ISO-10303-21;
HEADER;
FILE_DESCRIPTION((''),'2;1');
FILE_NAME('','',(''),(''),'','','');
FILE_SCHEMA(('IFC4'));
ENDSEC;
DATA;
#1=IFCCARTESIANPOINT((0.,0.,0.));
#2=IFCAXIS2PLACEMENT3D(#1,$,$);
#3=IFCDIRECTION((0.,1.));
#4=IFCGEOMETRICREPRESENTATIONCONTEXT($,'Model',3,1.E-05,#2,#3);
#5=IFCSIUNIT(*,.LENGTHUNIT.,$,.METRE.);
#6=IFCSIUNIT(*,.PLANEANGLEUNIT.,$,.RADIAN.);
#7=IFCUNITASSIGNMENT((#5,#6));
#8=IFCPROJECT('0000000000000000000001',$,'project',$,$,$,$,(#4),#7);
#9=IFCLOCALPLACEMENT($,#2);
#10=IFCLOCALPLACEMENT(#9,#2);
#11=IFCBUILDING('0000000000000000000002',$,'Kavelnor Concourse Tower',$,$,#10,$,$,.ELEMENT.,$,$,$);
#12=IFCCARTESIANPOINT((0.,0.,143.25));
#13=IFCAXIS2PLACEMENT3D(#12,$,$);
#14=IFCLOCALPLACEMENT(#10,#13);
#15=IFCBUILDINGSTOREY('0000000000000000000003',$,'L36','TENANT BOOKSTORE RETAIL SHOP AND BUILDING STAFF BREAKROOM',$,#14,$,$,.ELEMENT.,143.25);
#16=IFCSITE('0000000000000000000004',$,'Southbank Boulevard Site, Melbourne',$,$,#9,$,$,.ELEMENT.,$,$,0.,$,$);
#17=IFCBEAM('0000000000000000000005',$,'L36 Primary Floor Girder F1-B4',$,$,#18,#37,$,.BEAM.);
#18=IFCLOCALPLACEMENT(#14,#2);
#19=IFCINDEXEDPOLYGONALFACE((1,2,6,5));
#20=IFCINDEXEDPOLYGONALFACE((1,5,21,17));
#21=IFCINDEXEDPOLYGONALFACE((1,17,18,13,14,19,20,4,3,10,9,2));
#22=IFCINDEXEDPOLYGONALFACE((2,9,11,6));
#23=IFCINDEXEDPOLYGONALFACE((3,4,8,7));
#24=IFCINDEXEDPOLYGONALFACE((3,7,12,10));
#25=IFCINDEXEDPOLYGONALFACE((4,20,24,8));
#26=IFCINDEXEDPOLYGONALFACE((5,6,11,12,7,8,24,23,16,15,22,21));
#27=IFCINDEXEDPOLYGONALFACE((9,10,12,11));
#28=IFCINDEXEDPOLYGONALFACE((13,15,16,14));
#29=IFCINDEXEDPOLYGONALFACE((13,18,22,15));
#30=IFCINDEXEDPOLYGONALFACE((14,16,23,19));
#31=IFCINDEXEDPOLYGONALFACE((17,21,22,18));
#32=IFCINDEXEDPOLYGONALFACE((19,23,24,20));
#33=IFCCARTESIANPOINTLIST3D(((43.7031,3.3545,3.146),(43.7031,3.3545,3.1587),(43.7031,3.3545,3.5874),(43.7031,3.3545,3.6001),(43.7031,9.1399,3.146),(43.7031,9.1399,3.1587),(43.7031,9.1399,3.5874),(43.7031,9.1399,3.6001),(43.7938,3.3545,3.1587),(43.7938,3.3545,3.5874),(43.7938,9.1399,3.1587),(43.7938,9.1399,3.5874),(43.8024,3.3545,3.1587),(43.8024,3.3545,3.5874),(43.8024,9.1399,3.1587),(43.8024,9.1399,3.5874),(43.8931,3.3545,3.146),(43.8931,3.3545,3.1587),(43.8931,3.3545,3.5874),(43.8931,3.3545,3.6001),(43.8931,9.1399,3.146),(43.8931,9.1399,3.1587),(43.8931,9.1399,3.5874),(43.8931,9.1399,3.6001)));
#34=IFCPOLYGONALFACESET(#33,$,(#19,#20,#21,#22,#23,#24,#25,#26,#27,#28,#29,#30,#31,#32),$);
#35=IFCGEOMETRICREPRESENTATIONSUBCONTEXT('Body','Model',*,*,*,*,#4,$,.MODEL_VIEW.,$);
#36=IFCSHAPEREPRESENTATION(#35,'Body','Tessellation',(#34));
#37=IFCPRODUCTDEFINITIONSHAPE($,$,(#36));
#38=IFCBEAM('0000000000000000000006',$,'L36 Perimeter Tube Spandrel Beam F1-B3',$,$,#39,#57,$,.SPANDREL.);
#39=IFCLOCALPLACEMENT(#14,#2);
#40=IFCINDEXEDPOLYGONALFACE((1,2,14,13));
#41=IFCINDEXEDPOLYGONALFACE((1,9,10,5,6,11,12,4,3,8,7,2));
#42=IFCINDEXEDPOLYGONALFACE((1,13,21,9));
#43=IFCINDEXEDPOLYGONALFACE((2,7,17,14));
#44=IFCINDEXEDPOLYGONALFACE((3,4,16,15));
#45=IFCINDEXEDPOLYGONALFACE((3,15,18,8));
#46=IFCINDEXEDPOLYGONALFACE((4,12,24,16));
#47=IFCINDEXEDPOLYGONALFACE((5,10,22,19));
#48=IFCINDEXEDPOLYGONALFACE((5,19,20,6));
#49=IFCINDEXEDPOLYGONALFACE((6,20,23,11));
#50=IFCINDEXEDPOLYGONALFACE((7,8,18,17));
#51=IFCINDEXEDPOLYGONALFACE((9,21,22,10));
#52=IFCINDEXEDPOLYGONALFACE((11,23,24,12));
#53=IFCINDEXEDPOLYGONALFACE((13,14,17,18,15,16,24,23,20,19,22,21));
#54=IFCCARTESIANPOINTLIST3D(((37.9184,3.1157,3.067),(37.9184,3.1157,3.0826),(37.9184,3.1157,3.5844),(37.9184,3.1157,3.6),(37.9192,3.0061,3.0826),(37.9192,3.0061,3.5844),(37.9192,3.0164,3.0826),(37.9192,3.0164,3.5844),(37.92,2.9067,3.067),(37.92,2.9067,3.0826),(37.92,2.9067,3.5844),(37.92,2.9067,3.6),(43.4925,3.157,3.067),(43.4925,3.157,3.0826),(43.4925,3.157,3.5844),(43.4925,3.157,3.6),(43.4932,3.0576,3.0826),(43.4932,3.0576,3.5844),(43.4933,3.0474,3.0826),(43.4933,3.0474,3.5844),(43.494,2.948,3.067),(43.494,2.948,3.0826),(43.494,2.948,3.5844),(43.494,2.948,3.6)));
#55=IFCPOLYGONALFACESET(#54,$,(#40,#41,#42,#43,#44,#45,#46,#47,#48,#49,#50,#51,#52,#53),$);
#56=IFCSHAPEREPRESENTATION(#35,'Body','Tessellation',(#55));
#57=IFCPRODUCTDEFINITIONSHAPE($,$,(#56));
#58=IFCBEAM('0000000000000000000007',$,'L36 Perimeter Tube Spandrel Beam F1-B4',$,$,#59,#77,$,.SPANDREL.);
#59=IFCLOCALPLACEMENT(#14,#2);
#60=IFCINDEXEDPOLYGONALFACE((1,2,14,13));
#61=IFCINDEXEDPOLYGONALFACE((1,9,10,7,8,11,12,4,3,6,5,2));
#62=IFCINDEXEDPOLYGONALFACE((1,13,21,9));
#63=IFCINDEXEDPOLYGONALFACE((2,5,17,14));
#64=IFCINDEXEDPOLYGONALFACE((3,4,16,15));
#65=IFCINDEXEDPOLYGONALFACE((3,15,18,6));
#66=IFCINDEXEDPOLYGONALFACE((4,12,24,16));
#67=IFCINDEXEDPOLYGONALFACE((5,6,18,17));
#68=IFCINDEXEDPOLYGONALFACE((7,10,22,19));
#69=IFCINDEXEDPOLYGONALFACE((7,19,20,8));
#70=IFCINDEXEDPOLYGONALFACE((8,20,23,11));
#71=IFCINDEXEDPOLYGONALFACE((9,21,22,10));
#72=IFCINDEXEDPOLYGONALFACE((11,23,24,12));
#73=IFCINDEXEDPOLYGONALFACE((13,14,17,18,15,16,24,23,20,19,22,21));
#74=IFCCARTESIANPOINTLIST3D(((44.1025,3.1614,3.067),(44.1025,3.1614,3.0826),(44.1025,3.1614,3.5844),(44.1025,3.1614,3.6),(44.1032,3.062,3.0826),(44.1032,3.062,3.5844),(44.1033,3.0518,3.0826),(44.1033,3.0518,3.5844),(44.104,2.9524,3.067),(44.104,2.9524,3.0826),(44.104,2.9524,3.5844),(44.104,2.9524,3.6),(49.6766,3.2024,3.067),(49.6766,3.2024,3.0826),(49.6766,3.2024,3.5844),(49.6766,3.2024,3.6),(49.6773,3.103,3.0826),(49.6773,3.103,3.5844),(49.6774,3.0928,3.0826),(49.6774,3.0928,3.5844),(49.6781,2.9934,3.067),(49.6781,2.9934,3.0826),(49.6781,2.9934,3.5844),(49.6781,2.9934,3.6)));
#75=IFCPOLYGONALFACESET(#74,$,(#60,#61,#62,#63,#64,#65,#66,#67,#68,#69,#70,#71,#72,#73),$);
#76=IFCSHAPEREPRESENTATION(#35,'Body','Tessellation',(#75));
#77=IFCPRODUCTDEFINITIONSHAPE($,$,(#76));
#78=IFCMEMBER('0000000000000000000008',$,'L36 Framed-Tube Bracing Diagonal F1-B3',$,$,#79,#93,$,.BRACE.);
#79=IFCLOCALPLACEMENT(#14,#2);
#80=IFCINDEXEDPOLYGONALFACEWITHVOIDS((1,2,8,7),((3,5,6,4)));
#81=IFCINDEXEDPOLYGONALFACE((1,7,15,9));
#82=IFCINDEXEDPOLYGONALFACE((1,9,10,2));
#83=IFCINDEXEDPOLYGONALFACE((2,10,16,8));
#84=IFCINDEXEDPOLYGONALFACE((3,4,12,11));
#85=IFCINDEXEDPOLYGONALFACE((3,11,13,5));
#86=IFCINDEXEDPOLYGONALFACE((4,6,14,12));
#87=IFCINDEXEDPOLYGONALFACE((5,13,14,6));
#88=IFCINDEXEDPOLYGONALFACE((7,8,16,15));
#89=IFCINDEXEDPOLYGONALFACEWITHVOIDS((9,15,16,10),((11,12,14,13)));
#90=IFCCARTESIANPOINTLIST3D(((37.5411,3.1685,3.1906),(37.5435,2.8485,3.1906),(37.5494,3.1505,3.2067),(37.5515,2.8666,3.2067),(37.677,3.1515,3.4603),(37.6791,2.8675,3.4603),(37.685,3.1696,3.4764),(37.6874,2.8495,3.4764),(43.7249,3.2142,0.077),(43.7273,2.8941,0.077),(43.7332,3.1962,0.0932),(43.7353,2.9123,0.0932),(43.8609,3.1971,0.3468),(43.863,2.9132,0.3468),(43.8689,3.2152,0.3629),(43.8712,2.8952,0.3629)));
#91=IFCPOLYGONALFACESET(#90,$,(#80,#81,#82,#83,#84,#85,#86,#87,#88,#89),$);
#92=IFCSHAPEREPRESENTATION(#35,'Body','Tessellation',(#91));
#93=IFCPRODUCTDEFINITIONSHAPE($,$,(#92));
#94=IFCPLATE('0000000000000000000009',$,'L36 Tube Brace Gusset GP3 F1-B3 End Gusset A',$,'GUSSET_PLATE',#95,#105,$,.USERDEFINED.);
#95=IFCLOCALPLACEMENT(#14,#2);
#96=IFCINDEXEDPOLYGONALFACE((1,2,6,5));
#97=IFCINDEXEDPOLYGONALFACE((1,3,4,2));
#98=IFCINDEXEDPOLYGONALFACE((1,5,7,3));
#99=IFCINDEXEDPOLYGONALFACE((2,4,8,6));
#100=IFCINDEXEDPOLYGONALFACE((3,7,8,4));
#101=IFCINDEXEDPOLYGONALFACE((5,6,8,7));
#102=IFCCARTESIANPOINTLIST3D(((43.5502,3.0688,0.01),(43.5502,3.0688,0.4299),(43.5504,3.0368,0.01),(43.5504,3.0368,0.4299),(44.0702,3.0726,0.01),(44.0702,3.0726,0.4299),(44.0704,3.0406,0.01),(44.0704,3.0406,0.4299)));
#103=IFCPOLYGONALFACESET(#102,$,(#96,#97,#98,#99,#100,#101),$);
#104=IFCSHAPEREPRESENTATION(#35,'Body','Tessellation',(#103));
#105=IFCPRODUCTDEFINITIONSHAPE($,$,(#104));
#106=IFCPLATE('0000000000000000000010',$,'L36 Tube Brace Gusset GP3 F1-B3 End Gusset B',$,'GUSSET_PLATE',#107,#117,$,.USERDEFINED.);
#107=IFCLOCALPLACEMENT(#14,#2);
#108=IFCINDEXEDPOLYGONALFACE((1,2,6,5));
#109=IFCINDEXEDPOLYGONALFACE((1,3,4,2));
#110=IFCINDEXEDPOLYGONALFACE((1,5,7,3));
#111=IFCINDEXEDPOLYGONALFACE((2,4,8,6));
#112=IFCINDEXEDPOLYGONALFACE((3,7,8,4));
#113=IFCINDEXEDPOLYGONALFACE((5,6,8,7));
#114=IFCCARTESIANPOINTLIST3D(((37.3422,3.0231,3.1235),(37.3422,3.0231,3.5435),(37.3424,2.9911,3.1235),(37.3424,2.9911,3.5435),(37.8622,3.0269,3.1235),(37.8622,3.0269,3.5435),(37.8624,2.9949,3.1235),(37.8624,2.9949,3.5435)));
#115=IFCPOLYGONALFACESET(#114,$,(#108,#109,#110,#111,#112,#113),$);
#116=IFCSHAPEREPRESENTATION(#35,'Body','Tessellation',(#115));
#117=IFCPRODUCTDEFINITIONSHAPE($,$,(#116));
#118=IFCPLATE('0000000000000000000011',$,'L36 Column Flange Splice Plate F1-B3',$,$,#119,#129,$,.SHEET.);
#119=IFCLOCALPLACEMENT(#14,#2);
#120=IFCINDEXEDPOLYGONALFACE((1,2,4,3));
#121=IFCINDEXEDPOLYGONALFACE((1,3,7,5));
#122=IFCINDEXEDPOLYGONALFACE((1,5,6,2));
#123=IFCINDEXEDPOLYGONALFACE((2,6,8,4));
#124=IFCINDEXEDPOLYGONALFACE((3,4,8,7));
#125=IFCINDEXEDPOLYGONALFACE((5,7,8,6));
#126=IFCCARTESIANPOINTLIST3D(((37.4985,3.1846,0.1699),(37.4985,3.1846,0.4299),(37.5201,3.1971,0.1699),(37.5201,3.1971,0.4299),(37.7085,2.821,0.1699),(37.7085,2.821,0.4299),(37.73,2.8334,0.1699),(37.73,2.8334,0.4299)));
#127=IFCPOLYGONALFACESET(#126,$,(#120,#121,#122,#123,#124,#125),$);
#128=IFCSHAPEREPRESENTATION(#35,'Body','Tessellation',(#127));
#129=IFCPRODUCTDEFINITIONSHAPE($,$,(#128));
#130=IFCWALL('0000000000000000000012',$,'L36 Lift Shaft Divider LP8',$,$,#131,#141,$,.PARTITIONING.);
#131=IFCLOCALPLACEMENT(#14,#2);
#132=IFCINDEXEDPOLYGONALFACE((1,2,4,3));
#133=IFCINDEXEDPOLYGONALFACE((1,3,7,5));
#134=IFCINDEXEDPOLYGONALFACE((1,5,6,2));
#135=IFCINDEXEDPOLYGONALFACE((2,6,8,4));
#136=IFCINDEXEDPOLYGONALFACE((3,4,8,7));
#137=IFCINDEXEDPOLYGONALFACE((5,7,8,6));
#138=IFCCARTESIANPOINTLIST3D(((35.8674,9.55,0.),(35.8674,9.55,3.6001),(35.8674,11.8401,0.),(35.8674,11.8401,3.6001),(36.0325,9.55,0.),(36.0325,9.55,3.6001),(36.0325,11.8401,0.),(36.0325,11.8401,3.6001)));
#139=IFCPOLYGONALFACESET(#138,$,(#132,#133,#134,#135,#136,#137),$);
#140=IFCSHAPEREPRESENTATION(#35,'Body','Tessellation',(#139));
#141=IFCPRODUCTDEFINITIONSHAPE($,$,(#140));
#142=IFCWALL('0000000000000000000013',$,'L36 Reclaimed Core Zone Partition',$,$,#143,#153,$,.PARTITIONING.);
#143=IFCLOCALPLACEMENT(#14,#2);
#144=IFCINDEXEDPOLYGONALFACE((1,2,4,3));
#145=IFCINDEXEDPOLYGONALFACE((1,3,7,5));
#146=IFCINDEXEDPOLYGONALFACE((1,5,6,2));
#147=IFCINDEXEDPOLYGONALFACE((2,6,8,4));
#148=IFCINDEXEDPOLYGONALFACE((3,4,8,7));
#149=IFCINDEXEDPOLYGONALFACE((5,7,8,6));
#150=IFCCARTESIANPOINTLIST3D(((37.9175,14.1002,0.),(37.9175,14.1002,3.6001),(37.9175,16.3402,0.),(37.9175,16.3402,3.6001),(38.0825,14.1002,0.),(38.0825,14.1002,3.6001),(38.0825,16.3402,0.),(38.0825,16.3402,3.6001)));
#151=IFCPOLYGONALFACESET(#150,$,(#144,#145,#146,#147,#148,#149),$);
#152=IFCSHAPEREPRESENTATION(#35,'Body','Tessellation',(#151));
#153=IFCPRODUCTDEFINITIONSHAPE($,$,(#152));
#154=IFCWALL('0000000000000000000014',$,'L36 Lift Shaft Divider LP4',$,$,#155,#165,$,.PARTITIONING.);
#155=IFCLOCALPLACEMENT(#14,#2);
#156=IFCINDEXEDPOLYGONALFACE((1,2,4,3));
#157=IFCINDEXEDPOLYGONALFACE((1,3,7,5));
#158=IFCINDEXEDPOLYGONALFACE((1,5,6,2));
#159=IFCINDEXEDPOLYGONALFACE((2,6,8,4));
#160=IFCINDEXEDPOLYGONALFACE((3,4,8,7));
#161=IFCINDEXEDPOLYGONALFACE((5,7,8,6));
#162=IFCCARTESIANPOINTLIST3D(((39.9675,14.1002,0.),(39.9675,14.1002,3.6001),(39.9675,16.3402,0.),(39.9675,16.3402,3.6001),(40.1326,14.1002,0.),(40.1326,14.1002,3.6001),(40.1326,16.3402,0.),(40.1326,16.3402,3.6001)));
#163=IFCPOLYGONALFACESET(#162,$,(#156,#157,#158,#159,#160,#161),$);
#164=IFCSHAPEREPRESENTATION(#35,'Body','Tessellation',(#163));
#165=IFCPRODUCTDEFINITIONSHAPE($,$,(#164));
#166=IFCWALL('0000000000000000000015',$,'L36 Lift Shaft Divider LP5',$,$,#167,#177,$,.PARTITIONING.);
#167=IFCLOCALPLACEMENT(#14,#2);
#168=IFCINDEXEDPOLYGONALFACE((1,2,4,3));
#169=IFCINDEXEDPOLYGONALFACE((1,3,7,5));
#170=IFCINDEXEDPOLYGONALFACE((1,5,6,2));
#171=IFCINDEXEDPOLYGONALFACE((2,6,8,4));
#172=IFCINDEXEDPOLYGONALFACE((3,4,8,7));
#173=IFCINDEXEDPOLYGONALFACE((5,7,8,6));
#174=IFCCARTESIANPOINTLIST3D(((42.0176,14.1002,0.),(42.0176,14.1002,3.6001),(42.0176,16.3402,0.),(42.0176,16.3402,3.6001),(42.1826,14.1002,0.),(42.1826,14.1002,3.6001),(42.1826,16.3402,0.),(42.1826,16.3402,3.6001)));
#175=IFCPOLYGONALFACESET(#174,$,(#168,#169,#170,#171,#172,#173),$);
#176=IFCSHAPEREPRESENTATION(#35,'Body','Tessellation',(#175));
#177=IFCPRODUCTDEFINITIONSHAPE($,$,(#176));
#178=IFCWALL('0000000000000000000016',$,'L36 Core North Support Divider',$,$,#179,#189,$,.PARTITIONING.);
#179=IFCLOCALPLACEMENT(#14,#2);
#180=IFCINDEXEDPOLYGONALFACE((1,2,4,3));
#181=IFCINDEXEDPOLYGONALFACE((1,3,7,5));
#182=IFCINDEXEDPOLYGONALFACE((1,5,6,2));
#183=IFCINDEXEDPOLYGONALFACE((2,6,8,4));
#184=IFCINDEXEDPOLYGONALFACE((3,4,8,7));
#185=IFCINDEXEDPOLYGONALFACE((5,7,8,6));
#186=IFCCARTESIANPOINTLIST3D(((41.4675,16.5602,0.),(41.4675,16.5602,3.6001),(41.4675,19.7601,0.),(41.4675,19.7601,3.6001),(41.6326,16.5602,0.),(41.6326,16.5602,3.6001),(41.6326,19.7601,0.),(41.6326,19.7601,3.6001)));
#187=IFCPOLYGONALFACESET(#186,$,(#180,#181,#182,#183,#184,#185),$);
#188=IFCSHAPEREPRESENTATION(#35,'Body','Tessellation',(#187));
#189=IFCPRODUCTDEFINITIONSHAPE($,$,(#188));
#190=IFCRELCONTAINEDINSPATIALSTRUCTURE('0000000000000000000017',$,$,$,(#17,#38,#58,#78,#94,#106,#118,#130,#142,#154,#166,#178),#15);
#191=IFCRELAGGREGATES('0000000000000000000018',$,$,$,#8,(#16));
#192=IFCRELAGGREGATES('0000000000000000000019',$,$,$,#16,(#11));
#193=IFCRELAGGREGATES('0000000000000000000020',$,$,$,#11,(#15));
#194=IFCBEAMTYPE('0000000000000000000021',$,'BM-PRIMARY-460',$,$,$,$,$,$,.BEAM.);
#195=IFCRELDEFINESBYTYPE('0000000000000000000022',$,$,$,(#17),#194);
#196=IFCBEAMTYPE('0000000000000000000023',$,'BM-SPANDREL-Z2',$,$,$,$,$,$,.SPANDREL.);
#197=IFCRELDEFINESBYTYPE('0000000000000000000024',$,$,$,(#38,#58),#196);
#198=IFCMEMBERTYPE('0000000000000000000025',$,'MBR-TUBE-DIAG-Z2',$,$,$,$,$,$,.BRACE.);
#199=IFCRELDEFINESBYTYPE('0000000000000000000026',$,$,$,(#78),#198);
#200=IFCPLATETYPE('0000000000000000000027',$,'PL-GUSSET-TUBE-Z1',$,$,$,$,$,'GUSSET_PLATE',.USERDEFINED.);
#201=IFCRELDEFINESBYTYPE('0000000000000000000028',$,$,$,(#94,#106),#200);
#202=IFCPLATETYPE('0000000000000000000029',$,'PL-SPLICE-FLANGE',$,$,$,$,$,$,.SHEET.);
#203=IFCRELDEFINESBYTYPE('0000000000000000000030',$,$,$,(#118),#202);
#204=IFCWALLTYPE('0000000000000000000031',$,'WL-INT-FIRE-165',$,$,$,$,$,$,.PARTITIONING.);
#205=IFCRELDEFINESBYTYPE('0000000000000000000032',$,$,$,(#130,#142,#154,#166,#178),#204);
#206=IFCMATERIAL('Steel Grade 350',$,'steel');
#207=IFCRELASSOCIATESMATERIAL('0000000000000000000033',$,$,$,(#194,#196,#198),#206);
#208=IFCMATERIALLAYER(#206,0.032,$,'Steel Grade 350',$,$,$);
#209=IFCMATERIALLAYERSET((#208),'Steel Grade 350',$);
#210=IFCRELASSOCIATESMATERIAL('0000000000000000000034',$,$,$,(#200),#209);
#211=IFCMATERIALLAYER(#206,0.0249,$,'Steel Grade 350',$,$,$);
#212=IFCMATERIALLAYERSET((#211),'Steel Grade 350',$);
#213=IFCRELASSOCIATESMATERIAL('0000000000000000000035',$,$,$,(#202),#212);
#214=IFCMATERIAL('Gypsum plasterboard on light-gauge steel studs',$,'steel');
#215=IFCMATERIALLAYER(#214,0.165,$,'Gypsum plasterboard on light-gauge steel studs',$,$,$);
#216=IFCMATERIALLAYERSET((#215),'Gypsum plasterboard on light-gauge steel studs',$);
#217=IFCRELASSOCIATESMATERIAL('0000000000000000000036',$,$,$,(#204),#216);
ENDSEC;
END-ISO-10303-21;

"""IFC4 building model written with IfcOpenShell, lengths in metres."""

from ifc_helpers import new_model, si_unit, direction, frame, frame_2d, origin, origin_2d, place, context, subcontext, project, spatial, rectangle, hollow_rectangle, i_section, extrude, material, layer, layer_set, material_profile, profile_set, type_object, element, save


model = new_model("IFC4")

# Units and contexts
model_context = context("Model", 3, precision=1e-05, world=origin(), true_north=direction((0.0, 1.0)))
body_context = subcontext(model_context, "Body", "Model", "MODEL_VIEW")
ifc_project = project(units=[si_unit("LENGTHUNIT", "METRE"), si_unit("PLANEANGLEUNIT", "RADIAN")], contexts=[model_context])

# Site, building, storey
site_placement = place(None, origin())
site = spatial("IfcSite", under=ifc_project, at=site_placement, Name="Southbank Boulevard Site, Melbourne", CompositionType="ELEMENT", RefElevation=0.0)
building_placement = place(site_placement, origin())
building = spatial("IfcBuilding", under=site, at=building_placement, Name="Kavelnor Concourse Tower", CompositionType="ELEMENT")
storey_placement = place(building_placement, frame((0.0, 0.0, 143.25)))
storey = spatial("IfcBuildingStorey", under=building, at=storey_placement, Name="L36", Description="TENANT BOOKSTORE RETAIL SHOP AND BUILDING STAFF BREAKROOM", CompositionType="ELEMENT", Elevation=143.25)

# Shared definitions
ifc_material_1 = material(Name="Steel Grade 350", Category="steel")

# Beams
ifc_material_profile_1 = material_profile(ifc_material_1, i_section(OverallWidth=0.1899, OverallDepth=0.4541, WebThickness=0.0085, FlangeThickness=0.0127, at=origin_2d()), Name="460UB67")
ifc_profile_set_1 = profile_set([ifc_material_profile_1], Name="Steel Grade 350")
beam_type_1 = type_object("IfcBeamType", Name="BM-PRIMARY-460", PredefinedType="BEAM", material=ifc_profile_set_1)
beam_1_placement = place(storey_placement, frame((43.7981, 9.1399, 3.373), z_axis=(0.0, -1.0, 0.0), x_axis=(1.0, 0.0, 0.0)))
element("IfcBeam", 1, at=beam_1_placement, inside=storey, type_object=beam_type_1, Name="L36 Primary Floor Girder F1-B4", PredefinedType="BEAM", context=body_context, shape_type="SweptSolid", body=[
    extrude(i_section(OverallWidth=0.1899, OverallDepth=0.4541, WebThickness=0.0085, FlangeThickness=0.0127, at=origin_2d()), origin(), (0.0, 0.0, 1.0), 5.7854),
])
ifc_material_profile_2 = material_profile(ifc_material_1, i_section(OverallWidth=0.209, OverallDepth=0.533, WebThickness=0.0103, FlangeThickness=0.0156, at=origin_2d()), Name="530UB92")
ifc_profile_set_2 = profile_set([ifc_material_profile_2], Name="Steel Grade 350")
beam_type_2 = type_object("IfcBeamType", Name="BM-SPANDREL-Z2", PredefinedType="SPANDREL", material=ifc_profile_set_2)
for number, where, z_axis, x_axis, name in (
    (2, (37.9192, 3.0112, 3.3335), (0.999973, 0.007402, 0.0), (-0.007402, 0.999973, 0.0), "L36 Perimeter Tube Spandrel Beam F1-B3"),
    (3, (44.1033, 3.0569, 3.3335), (0.999973, 0.007358, 0.0), (-0.007358, 0.999973, 0.0), "L36 Perimeter Tube Spandrel Beam F1-B4"),
):
    element("IfcBeam", number, at=place(storey_placement, frame(where, z_axis=z_axis, x_axis=x_axis)), inside=storey, type_object=beam_type_2, Name=name, PredefinedType="SPANDREL", context=body_context, shape_type="SweptSolid", body=[
        extrude(i_section(OverallWidth=0.209, OverallDepth=0.533, WebThickness=0.0103, FlangeThickness=0.0156, at=origin_2d()), origin(), (0.0, 0.0, 1.0), 5.5742),
    ])

# Member
ifc_material_profile_3 = material_profile(ifc_material_1, hollow_rectangle(XDim=0.3201, YDim=0.3201, WallThickness=0.0181, at=origin_2d()), Name="SHS 320x320x18")
ifc_profile_set_3 = profile_set([ifc_material_profile_3], Name="Steel Grade 350")
member_type = type_object("IfcMemberType", Name="MBR-TUBE-DIAG-Z2", PredefinedType="BRACE", material=ifc_profile_set_3)
member_placement = place(storey_placement, frame((43.7981, 3.0547, 0.22), z_axis=(-0.893156, -0.006594, 0.449699), x_axis=(0.007383, -0.999973, 0.0)))
element("IfcMember", 4, at=member_placement, inside=storey, type_object=member_type, Name="L36 Framed-Tube Bracing Diagonal F1-B3", PredefinedType="BRACE", context=body_context, shape_type="SweptSolid", body=[
    extrude(hollow_rectangle(XDim=0.3201, YDim=0.3201, WallThickness=0.0181, at=origin_2d()), origin(), (0.0, 0.0, 1.0), 6.9236),
])

# Plates
ifc_layer_1 = layer(ifc_material_1, 0.032, Name="Steel Grade 350")
ifc_layer_set_1 = layer_set([ifc_layer_1], Name="Steel Grade 350")
plate_type_1 = type_object("IfcPlateType", Name="PL-GUSSET-TUBE-Z1", ElementType="GUSSET_PLATE", PredefinedType="USERDEFINED", material=ifc_layer_set_1)
for number, where, z_axis, x_axis, name in (
    (5, (43.8103, 3.0547, 0.01), (0.0, 0.0, 1.0), (-0.999973, -0.00733, 0.0), "L36 Tube Brace Gusset GP3 F1-B3 End Gusset A"),
    (6, (37.6023, 3.009, 3.1235), (0.0, 0.0, 1.0), (-0.999973, -0.00733, 0.0), "L36 Tube Brace Gusset GP3 F1-B3 End Gusset B"),
):
    element("IfcPlate", number, at=place(storey_placement, frame(where, z_axis=z_axis, x_axis=x_axis)), inside=storey, type_object=plate_type_1, Name=name, ObjectType="GUSSET_PLATE", PredefinedType="USERDEFINED", context=body_context, shape_type="SweptSolid", body=[
        extrude(rectangle(XDim=0.52, YDim=0.032, at=origin_2d()), origin(), (0.0, 0.0, 1.0), 0.4199),
    ])
ifc_layer_2 = layer(ifc_material_1, 0.0249, Name="Steel Grade 350")
ifc_layer_set_2 = layer_set([ifc_layer_2], Name="Steel Grade 350")
plate_type_2 = type_object("IfcPlateType", Name="PL-SPLICE-FLANGE", PredefinedType="SHEET", material=ifc_layer_set_2)
plate_placement = place(storey_placement, frame((37.6143, 3.009, 0.1699), z_axis=(0.0, 0.0, 1.0), x_axis=(-0.5, 0.866025, 0.0)))
element("IfcPlate", 7, at=plate_placement, inside=storey, type_object=plate_type_2, Name="L36 Column Flange Splice Plate F1-B3", PredefinedType="SHEET", context=body_context, shape_type="SweptSolid", body=[
    extrude(rectangle(XDim=0.4199, YDim=0.0249, at=origin_2d()), origin(), (0.0, 0.0, 1.0), 0.26),
])

# Walls
ifc_material_2 = material(Name="Gypsum plasterboard on light-gauge steel studs", Category="steel")
ifc_layer_3 = layer(ifc_material_2, 0.165, Name="Gypsum plasterboard on light-gauge steel studs")
ifc_layer_set_3 = layer_set([ifc_layer_3], Name="Gypsum plasterboard on light-gauge steel studs")
wall_type_1 = type_object("IfcWallType", Name="WL-INT-FIRE-165", PredefinedType="PARTITIONING", material=ifc_layer_set_3)
wall_1_placement = place(storey_placement, frame((35.95, 9.55, 0.0), z_axis=(0.0, 0.0, 1.0), x_axis=(0.0, 1.0, 0.0)))
element("IfcWall", 8, at=wall_1_placement, inside=storey, type_object=wall_type_1, Name="L36 Lift Shaft Divider LP8", PredefinedType="PARTITIONING", context=body_context, shape_type="SweptSolid", body=[
    extrude(rectangle(XDim=2.29, YDim=0.165, at=frame_2d((1.145, 0.0))), origin(), (0.0, 0.0, 1.0), 3.6001),
])
for number, where, z_axis, x_axis, name in (
    (9, (38.0, 14.1001, 0.0), (0.0, 0.0, 1.0), (0.0, 1.0, 0.0), "L36 Reclaimed Core Zone Partition"),
    (10, (40.05, 14.1001, 0.0), (0.0, 0.0, 1.0), (0.0, 1.0, 0.0), "L36 Lift Shaft Divider LP4"),
    (11, (42.1001, 14.1001, 0.0), (0.0, 0.0, 1.0), (0.0, 1.0, 0.0), "L36 Lift Shaft Divider LP5"),
):
    element("IfcWall", number, at=place(storey_placement, frame(where, z_axis=z_axis, x_axis=x_axis)), inside=storey, type_object=wall_type_1, Name=name, PredefinedType="PARTITIONING", context=body_context, shape_type="SweptSolid", body=[
        extrude(rectangle(XDim=2.24, YDim=0.165, at=frame_2d((1.1201, 0.0))), origin(), (0.0, 0.0, 1.0), 3.6001),
    ])
wall_2_placement = place(storey_placement, frame((41.55, 16.5601, 0.0), z_axis=(0.0, 0.0, 1.0), x_axis=(0.0, 1.0, 0.0)))
element("IfcWall", 12, at=wall_2_placement, inside=storey, type_object=wall_type_1, Name="L36 Core North Support Divider", PredefinedType="PARTITIONING", context=body_context, shape_type="SweptSolid", body=[
    extrude(rectangle(XDim=3.2, YDim=0.165, at=frame_2d((1.6001, 0.0))), origin(), (0.0, 0.0, 1.0), 3.6001),
])

save(model, "model.ifc")
